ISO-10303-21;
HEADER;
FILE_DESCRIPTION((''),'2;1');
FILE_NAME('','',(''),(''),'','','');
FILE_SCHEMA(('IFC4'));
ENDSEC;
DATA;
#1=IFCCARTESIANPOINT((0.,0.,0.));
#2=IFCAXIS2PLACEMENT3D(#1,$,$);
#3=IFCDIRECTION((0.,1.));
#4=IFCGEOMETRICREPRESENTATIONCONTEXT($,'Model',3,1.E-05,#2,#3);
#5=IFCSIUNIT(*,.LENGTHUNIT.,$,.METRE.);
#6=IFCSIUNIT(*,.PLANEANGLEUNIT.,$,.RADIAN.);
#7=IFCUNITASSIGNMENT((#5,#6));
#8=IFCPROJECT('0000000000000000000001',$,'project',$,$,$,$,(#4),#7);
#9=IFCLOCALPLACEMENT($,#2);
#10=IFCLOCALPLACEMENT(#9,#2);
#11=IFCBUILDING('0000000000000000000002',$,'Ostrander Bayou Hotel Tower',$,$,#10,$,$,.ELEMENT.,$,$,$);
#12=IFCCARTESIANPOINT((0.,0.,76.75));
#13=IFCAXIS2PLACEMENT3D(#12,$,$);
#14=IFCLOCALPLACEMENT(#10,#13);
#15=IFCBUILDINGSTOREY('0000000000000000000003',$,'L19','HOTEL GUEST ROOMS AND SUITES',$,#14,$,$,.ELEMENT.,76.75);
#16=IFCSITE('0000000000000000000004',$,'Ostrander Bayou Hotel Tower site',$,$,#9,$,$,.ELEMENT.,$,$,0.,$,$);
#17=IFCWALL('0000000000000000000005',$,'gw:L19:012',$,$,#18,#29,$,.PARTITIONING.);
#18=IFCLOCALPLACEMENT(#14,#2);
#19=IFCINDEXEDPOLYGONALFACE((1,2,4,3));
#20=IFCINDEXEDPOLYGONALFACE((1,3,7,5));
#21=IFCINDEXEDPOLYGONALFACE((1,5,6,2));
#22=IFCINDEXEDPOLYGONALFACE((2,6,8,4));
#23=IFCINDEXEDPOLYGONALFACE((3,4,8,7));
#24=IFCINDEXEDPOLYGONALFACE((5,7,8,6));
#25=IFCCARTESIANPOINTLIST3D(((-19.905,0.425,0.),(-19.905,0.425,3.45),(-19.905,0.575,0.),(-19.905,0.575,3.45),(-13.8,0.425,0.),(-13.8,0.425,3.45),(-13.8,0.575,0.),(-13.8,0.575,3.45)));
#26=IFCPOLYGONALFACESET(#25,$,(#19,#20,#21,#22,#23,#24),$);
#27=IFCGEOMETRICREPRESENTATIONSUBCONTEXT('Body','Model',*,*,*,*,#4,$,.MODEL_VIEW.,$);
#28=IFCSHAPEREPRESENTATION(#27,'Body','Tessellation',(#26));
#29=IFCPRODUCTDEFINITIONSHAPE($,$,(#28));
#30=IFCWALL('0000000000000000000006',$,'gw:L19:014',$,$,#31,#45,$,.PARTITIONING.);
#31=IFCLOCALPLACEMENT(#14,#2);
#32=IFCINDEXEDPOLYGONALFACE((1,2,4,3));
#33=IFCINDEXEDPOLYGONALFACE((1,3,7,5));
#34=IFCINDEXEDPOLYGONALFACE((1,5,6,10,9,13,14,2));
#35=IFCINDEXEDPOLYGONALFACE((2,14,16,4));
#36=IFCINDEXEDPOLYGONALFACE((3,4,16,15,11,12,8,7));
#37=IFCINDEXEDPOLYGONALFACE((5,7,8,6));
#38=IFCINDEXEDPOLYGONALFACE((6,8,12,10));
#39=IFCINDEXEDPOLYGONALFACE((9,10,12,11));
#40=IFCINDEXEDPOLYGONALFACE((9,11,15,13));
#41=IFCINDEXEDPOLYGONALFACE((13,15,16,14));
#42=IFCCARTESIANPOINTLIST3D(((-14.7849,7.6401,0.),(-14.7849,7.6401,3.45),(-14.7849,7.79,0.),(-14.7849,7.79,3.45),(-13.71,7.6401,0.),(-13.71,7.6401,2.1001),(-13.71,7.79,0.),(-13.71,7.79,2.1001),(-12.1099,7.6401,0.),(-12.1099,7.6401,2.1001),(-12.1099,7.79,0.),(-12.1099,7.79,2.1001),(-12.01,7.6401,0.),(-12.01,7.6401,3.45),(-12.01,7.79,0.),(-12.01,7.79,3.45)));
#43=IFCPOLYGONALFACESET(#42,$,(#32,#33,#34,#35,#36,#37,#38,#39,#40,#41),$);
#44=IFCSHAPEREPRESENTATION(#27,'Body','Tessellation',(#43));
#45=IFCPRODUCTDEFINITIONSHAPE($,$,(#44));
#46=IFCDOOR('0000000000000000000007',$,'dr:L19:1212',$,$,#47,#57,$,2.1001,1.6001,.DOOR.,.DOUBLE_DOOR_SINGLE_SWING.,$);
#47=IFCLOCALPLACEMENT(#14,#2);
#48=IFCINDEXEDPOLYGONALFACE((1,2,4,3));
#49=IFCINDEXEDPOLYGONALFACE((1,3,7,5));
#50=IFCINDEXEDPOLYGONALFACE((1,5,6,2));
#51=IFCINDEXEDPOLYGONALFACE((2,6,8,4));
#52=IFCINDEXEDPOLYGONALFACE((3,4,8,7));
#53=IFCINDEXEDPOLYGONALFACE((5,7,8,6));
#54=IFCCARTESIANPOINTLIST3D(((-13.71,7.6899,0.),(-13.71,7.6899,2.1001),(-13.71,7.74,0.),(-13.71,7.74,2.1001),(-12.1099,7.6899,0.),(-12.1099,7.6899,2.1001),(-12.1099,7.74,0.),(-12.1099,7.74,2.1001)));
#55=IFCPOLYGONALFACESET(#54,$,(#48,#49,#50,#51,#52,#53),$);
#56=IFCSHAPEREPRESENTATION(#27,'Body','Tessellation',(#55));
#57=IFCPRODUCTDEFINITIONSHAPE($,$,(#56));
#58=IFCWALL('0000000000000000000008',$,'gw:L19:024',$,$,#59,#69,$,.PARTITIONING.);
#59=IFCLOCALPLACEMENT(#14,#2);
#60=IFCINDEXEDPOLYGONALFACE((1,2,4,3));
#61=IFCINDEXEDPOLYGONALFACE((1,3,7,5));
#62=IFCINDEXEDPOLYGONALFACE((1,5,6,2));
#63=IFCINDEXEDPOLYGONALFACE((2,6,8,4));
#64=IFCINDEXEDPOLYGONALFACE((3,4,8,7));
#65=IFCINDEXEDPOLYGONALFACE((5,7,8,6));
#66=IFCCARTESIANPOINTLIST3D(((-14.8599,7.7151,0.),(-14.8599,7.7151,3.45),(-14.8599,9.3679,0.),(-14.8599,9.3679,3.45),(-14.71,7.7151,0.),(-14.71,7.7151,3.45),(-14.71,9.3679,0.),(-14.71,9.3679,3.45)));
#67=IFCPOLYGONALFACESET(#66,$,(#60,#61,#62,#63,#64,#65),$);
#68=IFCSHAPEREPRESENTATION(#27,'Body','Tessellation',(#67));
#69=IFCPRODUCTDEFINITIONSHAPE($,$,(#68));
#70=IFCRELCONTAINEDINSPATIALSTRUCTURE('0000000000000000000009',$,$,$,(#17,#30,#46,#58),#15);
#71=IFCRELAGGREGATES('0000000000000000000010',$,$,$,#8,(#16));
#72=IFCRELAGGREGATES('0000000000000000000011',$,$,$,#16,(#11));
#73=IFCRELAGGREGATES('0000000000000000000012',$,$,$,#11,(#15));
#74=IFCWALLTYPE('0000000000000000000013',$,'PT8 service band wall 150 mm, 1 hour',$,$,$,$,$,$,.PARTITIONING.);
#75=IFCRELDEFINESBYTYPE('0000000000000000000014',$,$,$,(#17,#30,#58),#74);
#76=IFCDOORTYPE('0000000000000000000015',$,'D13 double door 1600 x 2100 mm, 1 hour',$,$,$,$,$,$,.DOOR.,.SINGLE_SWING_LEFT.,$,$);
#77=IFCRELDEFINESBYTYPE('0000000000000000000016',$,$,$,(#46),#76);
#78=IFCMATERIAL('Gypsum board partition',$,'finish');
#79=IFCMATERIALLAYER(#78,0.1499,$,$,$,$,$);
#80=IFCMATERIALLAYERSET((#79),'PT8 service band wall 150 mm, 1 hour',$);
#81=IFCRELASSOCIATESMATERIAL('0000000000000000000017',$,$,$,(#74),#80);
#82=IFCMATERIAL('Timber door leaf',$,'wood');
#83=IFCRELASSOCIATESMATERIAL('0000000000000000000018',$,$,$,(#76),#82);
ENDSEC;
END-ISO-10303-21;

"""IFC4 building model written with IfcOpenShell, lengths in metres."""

from ifc_helpers import new_model, si_unit, direction, frame, frame_2d, origin, place, context, subcontext, project, spatial, rectangle, extrude, material, layer, layer_set, type_object, element, fill, save


model = new_model("IFC4")

# Units and contexts
model_context = context("Model", 3, precision=1e-05, world=origin(), true_north=direction((0.0, 1.0)))
body_context = subcontext(model_context, "Body", "Model", "MODEL_VIEW")
ifc_project = project(units=[si_unit("LENGTHUNIT", "METRE"), si_unit("PLANEANGLEUNIT", "RADIAN")], contexts=[model_context])

# Site, building, storey
site_placement = place(None, origin())
site = spatial("IfcSite", under=ifc_project, at=site_placement, Name="Ostrander Bayou Hotel Tower site", CompositionType="ELEMENT", RefElevation=0.0)
building_placement = place(site_placement, origin())
building = spatial("IfcBuilding", under=site, at=building_placement, Name="Ostrander Bayou Hotel Tower", CompositionType="ELEMENT")
storey_placement = place(building_placement, frame((0.0, 0.0, 76.75)))
storey = spatial("IfcBuildingStorey", under=building, at=storey_placement, Name="L19", Description="HOTEL GUEST ROOMS AND SUITES", CompositionType="ELEMENT", Elevation=76.75)

# Wall
ifc_material_1 = material(Name="Gypsum board partition", Category="finish")
ifc_layer_1 = layer(ifc_material_1, 0.1499)
ifc_layer_set_1 = layer_set([ifc_layer_1], Name="PT8 service band wall 150 mm, 1 hour")
wall_type_1 = type_object("IfcWallType", Name="PT8 service band wall 150 mm, 1 hour", PredefinedType="PARTITIONING", material=ifc_layer_set_1)
wall_1_placement = place(storey_placement, frame((-19.905, 0.5, 0.0), z_axis=(0.0, 0.0, 1.0), x_axis=(1.0, 0.0, 0.0)))
element("IfcWall", 1, at=wall_1_placement, inside=storey, type_object=wall_type_1, Name="gw:L19:012", PredefinedType="PARTITIONING", context=body_context, shape_type="SweptSolid", body=[
    extrude(rectangle(XDim=6.105, YDim=0.1499, at=frame_2d((3.0525, 0.0))), origin(), (0.0, 0.0, 1.0), 3.45),
])

# Wall, opening, door
wall_2_placement = place(storey_placement, frame((-14.7849, 7.7151, 0.0), z_axis=(0.0, 0.0, 1.0), x_axis=(1.0, 0.0, 0.0)))
wall_2 = element("IfcWall", 2, at=wall_2_placement, inside=storey, type_object=wall_type_1, Name="gw:L19:014", PredefinedType="PARTITIONING", context=body_context, shape_type="SweptSolid", body=[
    extrude(rectangle(XDim=2.7749, YDim=0.1499, at=frame_2d((1.3875, 0.0))), origin(), (0.0, 0.0, 1.0), 3.45),
])
opening_1_placement = place(wall_2_placement, frame((1.075, 0.0, 0.0)))
opening_1 = element("IfcOpeningElement", 3, at=opening_1_placement, cuts=wall_2, PredefinedType="OPENING", context=body_context, shape_type="SweptSolid", body=[
    extrude(rectangle(XDim=1.6001, YDim=2.1001, at=frame_2d((0.8, 1.05))), frame((0.0, 0.075, 0.0), z_axis=(0.0, -1.0, 0.0), x_axis=(1.0, 0.0, 0.0)), (0.0, 0.0, 1.0), 0.1499),
])
ifc_material_2 = material(Name="Timber door leaf", Category="wood")
door_type_1 = type_object("IfcDoorType", Name="D13 double door 1600 x 2100 mm, 1 hour", OperationType="SINGLE_SWING_LEFT", PredefinedType="DOOR", material=ifc_material_2)
door_1_placement = place(opening_1_placement, origin())
door_1 = element("IfcDoor", 4, at=door_1_placement, inside=storey, type_object=door_type_1, Name="dr:L19:1212", OperationType="DOUBLE_DOOR_SINGLE_SWING", OverallHeight=2.1001, OverallWidth=1.6001, PredefinedType="DOOR", context=body_context, shape_type="SweptSolid", body=[
    extrude(rectangle(XDim=1.6001, YDim=2.1001, at=frame_2d((0.8, 1.05))), frame((0.0, 0.0249, 0.0), z_axis=(0.0, -1.0, 0.0), x_axis=(1.0, 0.0, 0.0)), (0.0, 0.0, 1.0), 0.05),
])
fill(opening_1, door_1)

# Wall
wall_3_placement = place(storey_placement, frame((-14.7849, 7.7151, 0.0), z_axis=(0.0, 0.0, 1.0), x_axis=(0.0, 1.0, 0.0)))
element("IfcWall", 5, at=wall_3_placement, inside=storey, type_object=wall_type_1, Name="gw:L19:024", PredefinedType="PARTITIONING", context=body_context, shape_type="SweptSolid", body=[
    extrude(rectangle(XDim=1.6528, YDim=0.1499, at=frame_2d((0.8264, 0.0))), origin(), (0.0, 0.0, 1.0), 3.45),
])

save(model, "model.ifc")
